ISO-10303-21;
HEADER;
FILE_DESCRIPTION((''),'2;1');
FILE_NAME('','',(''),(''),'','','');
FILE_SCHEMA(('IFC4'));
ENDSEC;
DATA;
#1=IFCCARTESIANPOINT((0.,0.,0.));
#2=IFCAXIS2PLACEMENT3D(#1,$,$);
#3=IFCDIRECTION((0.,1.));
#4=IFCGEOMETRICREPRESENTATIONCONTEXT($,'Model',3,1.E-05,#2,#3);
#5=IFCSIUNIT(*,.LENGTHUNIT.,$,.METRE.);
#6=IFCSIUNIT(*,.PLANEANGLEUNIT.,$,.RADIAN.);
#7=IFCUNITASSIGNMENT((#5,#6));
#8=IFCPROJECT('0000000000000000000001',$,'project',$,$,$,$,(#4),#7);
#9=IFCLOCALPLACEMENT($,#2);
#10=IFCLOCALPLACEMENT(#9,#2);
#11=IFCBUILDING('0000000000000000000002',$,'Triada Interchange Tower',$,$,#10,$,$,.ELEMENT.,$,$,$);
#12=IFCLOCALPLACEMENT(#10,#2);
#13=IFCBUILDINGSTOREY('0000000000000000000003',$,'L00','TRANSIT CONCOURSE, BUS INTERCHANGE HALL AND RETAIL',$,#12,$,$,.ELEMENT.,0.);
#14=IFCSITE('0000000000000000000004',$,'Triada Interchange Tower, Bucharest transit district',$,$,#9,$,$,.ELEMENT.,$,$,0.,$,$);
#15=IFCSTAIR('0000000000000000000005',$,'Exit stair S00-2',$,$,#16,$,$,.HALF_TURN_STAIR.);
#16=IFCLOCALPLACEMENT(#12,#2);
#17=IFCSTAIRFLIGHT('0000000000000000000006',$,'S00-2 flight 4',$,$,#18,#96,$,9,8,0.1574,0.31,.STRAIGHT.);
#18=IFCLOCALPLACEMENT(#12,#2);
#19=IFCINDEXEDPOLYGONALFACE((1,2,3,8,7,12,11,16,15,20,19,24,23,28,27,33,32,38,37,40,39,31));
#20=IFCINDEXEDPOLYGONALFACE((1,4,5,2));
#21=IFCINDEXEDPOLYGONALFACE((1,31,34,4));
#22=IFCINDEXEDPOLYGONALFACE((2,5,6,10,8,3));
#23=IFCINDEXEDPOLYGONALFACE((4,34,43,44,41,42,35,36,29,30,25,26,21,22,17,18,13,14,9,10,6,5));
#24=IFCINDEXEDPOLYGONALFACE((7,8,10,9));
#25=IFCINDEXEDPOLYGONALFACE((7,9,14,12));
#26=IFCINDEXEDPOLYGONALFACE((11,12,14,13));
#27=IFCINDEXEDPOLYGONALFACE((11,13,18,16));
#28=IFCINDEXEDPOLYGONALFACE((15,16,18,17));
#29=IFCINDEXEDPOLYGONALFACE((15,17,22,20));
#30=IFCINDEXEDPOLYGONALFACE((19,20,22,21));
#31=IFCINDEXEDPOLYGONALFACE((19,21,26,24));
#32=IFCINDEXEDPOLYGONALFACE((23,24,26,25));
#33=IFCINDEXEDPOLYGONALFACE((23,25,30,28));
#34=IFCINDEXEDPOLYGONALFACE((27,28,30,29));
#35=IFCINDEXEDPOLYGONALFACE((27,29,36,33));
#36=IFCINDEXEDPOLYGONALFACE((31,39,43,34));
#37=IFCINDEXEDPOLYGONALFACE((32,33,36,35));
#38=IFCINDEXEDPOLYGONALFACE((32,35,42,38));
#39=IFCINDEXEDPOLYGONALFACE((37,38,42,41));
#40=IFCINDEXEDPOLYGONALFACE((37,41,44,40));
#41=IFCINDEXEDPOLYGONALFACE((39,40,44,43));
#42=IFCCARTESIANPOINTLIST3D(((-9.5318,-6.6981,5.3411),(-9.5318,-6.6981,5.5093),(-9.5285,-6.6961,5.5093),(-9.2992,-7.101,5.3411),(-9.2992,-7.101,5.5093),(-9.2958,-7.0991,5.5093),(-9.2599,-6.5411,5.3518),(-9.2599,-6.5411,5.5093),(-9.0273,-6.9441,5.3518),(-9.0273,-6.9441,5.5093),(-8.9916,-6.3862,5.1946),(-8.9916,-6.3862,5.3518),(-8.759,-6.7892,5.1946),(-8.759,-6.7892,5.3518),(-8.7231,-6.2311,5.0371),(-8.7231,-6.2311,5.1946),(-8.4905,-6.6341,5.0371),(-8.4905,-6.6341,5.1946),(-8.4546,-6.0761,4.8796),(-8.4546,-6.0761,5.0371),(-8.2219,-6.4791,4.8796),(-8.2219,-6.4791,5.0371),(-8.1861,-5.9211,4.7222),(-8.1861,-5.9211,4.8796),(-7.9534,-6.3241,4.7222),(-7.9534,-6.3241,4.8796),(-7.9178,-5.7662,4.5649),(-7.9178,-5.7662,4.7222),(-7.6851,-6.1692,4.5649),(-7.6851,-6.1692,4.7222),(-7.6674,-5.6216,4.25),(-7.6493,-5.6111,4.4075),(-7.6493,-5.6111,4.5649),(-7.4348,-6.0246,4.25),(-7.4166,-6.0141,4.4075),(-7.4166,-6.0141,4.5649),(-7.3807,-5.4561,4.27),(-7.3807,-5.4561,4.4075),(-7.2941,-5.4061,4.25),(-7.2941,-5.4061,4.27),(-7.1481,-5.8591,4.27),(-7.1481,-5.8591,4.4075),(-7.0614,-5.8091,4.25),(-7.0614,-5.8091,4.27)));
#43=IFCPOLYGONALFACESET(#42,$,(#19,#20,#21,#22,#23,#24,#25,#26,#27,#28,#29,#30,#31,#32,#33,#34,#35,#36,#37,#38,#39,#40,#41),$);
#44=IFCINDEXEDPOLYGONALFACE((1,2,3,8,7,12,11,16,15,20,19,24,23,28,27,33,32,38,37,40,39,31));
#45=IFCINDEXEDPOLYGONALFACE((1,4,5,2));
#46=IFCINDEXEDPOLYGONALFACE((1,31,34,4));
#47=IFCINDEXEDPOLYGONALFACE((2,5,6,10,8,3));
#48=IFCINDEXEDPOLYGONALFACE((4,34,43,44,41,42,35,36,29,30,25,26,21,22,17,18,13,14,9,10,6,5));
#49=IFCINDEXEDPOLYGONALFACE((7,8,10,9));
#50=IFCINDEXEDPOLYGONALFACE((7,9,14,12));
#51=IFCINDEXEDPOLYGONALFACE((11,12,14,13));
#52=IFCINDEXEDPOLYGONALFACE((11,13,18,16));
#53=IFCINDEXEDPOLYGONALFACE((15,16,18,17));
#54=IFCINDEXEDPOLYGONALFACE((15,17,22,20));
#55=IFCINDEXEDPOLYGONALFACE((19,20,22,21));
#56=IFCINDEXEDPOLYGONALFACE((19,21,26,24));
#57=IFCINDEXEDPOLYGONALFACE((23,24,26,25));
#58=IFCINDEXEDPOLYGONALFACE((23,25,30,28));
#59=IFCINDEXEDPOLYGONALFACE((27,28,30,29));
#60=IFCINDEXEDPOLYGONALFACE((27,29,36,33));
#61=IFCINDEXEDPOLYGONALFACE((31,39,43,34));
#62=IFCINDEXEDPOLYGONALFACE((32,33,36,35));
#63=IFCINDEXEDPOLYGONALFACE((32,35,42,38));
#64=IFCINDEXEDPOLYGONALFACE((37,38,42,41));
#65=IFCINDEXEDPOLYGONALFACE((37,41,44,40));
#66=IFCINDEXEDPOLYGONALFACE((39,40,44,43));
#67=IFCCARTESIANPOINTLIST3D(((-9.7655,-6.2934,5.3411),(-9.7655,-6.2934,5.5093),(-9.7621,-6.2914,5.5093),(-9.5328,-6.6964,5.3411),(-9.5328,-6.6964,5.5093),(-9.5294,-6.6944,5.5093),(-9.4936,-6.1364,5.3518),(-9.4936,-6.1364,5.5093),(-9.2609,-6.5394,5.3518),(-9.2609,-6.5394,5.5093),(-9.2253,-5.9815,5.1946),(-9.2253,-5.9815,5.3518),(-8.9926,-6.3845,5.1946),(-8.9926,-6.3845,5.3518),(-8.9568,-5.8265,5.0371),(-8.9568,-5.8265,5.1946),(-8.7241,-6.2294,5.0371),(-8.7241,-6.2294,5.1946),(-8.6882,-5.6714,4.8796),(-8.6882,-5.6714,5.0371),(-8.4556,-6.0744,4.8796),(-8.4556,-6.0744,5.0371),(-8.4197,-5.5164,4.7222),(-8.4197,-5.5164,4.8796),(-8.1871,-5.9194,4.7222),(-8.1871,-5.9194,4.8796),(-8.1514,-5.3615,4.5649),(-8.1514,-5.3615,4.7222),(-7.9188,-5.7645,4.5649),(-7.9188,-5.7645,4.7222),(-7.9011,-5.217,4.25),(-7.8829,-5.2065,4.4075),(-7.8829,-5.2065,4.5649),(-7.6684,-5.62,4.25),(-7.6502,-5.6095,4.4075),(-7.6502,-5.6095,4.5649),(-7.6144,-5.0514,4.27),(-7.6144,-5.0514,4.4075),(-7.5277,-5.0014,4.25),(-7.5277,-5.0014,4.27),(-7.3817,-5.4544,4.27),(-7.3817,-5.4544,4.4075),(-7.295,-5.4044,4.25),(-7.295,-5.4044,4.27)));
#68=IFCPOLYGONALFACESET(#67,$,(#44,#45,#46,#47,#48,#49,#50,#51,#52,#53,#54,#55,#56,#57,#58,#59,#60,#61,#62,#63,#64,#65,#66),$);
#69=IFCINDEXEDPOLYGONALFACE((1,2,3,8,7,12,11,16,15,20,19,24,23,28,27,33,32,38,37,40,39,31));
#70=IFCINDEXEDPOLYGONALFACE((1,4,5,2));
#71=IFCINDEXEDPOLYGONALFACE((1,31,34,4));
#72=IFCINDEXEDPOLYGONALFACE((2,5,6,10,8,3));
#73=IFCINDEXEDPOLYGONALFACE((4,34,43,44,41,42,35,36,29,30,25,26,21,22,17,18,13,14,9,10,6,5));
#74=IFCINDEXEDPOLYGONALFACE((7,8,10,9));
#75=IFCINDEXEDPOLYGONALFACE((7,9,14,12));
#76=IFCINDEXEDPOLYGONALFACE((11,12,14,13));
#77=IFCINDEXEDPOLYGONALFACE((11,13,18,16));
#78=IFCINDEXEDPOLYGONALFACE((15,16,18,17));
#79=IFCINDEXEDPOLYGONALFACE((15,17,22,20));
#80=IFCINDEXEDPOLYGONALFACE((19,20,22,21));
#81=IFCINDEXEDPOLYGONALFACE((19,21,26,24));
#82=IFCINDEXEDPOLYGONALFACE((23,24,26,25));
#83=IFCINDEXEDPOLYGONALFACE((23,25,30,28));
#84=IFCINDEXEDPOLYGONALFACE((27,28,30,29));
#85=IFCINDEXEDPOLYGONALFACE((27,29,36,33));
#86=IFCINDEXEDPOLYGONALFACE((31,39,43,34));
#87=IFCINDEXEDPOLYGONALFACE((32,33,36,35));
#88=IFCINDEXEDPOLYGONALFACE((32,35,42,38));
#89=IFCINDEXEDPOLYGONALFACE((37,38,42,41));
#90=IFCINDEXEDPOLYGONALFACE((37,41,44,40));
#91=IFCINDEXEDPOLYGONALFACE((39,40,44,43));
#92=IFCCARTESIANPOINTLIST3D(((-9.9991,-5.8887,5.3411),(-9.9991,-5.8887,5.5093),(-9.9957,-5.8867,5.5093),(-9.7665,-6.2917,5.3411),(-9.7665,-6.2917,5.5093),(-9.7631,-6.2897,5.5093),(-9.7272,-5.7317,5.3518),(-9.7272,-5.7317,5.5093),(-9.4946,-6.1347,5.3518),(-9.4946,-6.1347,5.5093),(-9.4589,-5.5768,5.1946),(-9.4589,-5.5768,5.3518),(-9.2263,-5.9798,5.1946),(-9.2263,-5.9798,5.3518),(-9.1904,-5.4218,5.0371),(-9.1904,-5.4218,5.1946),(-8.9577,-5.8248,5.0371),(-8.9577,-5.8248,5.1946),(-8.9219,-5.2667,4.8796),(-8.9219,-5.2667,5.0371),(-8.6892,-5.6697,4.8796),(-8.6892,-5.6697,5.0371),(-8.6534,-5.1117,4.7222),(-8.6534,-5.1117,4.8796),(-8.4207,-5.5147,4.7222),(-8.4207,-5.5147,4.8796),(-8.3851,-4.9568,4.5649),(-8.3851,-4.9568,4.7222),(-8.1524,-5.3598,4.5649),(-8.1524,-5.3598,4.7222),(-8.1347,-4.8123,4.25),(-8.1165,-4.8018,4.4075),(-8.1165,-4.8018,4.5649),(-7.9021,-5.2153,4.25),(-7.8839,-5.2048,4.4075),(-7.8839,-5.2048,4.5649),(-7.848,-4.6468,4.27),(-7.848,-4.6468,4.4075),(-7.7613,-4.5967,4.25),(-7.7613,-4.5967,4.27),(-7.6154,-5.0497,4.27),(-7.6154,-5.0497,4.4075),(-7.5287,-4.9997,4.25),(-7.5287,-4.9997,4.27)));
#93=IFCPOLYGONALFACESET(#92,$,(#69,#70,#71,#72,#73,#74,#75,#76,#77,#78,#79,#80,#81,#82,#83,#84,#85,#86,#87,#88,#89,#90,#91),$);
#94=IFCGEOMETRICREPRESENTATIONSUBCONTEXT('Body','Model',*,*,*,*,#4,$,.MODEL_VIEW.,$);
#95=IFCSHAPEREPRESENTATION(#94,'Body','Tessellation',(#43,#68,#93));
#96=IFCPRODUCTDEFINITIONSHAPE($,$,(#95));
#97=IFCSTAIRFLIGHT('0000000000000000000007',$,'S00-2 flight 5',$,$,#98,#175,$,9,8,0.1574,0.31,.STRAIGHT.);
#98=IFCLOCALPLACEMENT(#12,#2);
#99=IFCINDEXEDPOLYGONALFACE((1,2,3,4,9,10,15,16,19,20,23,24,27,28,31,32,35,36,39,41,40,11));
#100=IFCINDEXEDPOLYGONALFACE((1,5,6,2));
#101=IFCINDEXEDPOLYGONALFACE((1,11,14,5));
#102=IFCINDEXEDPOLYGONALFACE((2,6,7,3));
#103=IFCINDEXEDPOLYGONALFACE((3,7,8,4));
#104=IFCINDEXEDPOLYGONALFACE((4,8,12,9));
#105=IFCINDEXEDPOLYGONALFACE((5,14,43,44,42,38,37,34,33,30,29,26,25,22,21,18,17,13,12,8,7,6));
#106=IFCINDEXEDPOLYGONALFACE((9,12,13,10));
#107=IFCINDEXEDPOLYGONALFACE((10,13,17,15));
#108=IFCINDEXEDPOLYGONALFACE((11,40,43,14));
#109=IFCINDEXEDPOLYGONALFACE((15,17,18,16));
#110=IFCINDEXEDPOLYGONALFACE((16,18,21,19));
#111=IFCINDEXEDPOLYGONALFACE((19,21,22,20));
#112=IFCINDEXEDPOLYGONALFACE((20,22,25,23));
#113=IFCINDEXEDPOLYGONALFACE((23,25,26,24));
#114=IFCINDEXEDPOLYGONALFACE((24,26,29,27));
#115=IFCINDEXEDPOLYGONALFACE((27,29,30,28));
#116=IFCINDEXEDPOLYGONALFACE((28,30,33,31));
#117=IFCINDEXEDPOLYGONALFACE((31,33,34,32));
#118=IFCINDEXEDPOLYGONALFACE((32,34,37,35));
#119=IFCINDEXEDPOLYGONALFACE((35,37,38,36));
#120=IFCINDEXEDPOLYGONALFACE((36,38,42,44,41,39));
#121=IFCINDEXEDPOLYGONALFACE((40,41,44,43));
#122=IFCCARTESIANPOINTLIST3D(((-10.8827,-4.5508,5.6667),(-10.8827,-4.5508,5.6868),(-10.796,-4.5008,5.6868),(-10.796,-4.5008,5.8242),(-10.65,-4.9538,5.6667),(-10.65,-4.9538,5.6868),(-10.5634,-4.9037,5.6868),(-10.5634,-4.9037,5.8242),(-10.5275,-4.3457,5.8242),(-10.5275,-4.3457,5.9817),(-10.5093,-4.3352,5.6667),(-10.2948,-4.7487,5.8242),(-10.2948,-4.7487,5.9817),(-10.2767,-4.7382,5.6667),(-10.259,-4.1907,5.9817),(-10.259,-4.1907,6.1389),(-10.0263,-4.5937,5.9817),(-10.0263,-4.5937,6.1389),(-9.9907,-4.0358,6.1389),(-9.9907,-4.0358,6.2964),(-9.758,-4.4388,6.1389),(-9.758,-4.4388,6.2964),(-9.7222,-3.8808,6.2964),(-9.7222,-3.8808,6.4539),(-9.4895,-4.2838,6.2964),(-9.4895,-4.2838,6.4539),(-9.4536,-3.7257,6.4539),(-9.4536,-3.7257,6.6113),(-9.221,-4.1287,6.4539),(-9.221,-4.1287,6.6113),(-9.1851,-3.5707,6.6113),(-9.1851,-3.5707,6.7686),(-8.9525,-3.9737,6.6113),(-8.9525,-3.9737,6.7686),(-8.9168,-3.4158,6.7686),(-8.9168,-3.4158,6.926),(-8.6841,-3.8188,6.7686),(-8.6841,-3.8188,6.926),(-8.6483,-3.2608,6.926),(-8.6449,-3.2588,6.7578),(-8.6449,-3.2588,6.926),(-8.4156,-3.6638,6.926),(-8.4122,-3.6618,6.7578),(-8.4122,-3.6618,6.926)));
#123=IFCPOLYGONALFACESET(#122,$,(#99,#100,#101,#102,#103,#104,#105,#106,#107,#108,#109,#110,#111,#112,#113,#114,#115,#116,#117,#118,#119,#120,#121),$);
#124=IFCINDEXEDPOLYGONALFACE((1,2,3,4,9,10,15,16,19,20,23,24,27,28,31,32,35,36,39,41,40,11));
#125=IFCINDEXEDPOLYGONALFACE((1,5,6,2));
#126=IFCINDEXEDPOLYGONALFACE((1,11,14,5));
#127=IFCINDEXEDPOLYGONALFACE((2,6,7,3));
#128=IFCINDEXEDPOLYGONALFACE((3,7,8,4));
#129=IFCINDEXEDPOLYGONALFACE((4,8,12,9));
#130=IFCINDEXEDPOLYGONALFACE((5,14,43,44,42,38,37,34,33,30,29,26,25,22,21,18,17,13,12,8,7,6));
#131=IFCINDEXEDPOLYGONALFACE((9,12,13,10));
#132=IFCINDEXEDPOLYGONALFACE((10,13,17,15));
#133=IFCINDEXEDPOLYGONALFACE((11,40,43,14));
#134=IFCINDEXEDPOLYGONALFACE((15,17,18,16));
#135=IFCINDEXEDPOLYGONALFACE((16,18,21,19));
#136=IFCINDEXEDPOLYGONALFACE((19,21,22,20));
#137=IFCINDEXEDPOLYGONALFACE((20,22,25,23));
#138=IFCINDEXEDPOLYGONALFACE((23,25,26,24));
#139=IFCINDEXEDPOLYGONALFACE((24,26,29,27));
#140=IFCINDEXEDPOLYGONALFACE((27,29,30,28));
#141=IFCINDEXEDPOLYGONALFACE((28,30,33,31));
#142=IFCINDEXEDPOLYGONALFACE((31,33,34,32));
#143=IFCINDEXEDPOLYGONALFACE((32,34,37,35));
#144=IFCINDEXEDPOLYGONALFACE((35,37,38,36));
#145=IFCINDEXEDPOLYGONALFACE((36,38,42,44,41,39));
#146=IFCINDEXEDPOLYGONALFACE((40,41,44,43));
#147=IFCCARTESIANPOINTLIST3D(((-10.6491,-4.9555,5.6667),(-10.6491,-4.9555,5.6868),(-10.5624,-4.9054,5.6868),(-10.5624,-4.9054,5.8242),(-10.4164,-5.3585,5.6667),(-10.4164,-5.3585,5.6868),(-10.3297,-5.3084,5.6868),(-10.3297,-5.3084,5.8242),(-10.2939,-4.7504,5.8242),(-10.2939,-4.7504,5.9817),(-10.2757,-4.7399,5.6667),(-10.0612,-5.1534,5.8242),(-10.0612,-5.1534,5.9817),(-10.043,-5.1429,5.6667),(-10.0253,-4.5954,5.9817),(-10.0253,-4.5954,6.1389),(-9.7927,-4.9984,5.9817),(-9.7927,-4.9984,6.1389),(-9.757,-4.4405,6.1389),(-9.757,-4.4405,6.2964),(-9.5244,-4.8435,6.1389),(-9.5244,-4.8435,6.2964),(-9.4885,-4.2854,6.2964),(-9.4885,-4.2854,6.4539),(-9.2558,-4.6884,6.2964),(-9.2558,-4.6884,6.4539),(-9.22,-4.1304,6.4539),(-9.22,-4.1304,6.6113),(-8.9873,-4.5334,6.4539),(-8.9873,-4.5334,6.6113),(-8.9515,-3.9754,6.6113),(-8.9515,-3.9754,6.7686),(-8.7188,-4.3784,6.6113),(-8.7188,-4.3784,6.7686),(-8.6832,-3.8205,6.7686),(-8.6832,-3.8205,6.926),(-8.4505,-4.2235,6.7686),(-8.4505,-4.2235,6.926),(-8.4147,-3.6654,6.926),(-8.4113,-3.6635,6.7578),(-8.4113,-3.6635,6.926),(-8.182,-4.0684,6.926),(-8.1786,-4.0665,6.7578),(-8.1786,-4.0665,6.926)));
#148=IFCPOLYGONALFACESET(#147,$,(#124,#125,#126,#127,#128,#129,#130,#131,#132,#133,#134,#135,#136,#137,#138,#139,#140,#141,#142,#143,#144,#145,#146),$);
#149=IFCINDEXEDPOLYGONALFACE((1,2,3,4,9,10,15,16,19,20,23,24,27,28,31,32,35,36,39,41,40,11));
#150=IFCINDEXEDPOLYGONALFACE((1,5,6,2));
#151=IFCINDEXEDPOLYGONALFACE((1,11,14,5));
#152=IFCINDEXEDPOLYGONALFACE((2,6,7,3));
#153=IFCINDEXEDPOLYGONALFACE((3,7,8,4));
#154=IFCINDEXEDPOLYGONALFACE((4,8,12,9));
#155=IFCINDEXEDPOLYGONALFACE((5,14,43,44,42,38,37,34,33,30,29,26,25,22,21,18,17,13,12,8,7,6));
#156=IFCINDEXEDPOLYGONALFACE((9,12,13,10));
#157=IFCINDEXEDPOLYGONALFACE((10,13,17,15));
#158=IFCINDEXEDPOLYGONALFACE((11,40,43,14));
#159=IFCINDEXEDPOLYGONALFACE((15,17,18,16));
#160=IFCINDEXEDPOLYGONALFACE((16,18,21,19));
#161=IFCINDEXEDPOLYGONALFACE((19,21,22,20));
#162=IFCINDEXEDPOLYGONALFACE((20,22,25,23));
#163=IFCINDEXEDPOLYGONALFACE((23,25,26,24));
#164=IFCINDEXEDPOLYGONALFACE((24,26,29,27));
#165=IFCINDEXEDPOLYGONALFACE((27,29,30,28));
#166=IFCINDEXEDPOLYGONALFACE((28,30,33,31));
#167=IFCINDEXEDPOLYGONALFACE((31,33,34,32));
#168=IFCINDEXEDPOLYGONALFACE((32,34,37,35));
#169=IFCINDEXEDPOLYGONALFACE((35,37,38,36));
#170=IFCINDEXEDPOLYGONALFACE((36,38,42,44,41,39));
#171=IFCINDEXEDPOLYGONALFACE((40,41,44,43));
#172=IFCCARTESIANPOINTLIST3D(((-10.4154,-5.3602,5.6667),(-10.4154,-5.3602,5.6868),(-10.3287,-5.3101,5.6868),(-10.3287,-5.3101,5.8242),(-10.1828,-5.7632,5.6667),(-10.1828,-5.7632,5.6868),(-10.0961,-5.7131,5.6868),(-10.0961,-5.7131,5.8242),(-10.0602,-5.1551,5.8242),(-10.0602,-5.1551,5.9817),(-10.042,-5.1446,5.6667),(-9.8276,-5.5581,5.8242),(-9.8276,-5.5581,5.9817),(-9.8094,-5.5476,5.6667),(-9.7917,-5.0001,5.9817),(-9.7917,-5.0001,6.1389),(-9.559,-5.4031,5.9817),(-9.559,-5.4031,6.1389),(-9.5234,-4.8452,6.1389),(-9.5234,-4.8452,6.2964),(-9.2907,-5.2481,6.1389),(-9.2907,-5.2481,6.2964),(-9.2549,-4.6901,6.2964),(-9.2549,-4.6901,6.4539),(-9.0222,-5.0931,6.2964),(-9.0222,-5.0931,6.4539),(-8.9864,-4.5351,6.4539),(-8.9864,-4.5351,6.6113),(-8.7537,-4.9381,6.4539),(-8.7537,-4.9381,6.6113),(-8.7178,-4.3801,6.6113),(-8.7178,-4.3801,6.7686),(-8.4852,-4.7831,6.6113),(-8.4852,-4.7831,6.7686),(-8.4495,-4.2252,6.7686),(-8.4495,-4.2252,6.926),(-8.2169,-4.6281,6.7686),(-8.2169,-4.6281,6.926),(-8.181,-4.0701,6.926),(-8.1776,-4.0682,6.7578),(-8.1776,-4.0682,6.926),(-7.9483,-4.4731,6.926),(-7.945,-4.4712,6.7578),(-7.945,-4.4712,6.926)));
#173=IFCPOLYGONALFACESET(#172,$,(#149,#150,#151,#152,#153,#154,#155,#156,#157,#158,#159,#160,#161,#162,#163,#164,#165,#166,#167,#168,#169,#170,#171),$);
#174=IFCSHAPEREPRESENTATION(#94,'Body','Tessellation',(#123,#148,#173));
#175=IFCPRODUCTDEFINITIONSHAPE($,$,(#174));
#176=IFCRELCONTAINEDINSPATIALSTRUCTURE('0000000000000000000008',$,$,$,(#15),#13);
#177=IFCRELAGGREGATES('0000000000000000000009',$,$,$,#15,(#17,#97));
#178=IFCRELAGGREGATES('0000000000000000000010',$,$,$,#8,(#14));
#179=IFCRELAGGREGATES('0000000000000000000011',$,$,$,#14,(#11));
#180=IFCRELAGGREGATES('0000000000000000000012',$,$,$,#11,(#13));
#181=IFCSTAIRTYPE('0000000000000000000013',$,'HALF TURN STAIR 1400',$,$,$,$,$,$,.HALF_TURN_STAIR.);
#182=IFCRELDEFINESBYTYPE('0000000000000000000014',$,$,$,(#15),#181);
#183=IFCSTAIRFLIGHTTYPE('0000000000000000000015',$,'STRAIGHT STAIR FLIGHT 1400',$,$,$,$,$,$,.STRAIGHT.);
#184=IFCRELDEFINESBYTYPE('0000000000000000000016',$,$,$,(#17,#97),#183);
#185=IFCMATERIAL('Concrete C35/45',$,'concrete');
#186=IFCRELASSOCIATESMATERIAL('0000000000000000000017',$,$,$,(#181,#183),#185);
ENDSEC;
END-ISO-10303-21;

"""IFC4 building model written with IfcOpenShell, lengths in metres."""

from ifc_helpers import new_model, si_unit, direction, frame, origin, place, context, subcontext, project, spatial, polyline, outline, extrude, material, type_object, element, aggregate, save


model = new_model("IFC4")

# Units and contexts
model_context = context("Model", 3, precision=1e-05, world=origin(), true_north=direction((0.0, 1.0)))
body_context = subcontext(model_context, "Body", "Model", "MODEL_VIEW")
ifc_project = project(units=[si_unit("LENGTHUNIT", "METRE"), si_unit("PLANEANGLEUNIT", "RADIAN")], contexts=[model_context])

# Site, building, storey
site_placement = place(None, origin())
site = spatial("IfcSite", under=ifc_project, at=site_placement, Name="Triada Interchange Tower, Bucharest transit district", CompositionType="ELEMENT", RefElevation=0.0)
building_placement = place(site_placement, origin())
building = spatial("IfcBuilding", under=site, at=building_placement, Name="Triada Interchange Tower", CompositionType="ELEMENT")
storey_placement = place(building_placement, origin())
storey = spatial("IfcBuildingStorey", under=building, at=storey_placement, Name="L00", Description="TRANSIT CONCOURSE, BUS INTERCHANGE HALL AND RETAIL", CompositionType="ELEMENT", Elevation=0.0)

# Shared definitions
ifc_material_1 = material(Name="Concrete C35/45", Category="concrete")

# Stair, stair flights
stair_type = type_object("IfcStairType", Name="HALF TURN STAIR 1400", PredefinedType="HALF_TURN_STAIR", material=ifc_material_1)
stair_placement = place(storey_placement, origin())
stair = element("IfcStair", 1, at=stair_placement, inside=storey, type_object=stair_type, Name="Exit stair S00-2", PredefinedType="HALF_TURN_STAIR")
stair_flight_type = type_object("IfcStairFlightType", Name="STRAIGHT STAIR FLIGHT 1400", PredefinedType="STRAIGHT", material=ifc_material_1)
stair_flight_1_placement = place(storey_placement, frame((-7.498, -5.2529, 4.25), z_axis=(0.0, 0.0, 1.0), x_axis=(-0.866025, -0.5, 0.0)))
stair_flight_1 = element("IfcStairFlight", 2, at=stair_flight_1_placement, type_object=stair_flight_type, Name="S00-2 flight 4", NumberOfRisers=9, NumberOfTreads=8, PredefinedType="STRAIGHT", RiserHeight=0.1574, TreadLength=0.31, context=body_context, shape_type="SweptSolid", body=[
    extrude(outline(polyline([(-0.1001, 0.0), (-0.1001, 0.02), (0.0, 0.02), (0.0, 0.1575), (0.3101, 0.1575), (0.3101, 0.3149), (0.6201, 0.3149), (0.6201, 0.4722), (0.9299, 0.4722), (0.9299, 0.6296), (1.24, 0.6296), (1.24, 0.7871), (1.55, 0.7871), (1.55, 0.9446), (1.8601, 0.9446), (1.8601, 1.1018), (2.1699, 1.1018), (2.1699, 1.2593), (2.48, 1.2593), (2.4839, 1.2593), (2.4839, 1.4167), (2.4839, 1.0911), (0.3311, 0.0), (-0.1001, 0.0)])), frame((0.0, 0.7, 0.0), z_axis=(0.0, -1.0, 0.0), x_axis=(1.0, 0.0, 0.0)), (0.0, 0.0, 1.0), 0.4653),
    extrude(outline(polyline([(-0.1001, 0.0), (-0.1001, 0.02), (0.0, 0.02), (0.0, 0.1575), (0.3101, 0.1575), (0.3101, 0.3149), (0.6201, 0.3149), (0.6201, 0.4722), (0.9299, 0.4722), (0.9299, 0.6296), (1.24, 0.6296), (1.24, 0.7871), (1.55, 0.7871), (1.55, 0.9446), (1.8601, 0.9446), (1.8601, 1.1018), (2.1699, 1.1018), (2.1699, 1.2593), (2.48, 1.2593), (2.4839, 1.2593), (2.4839, 1.4167), (2.4839, 1.0911), (0.3311, 0.0), (-0.1001, 0.0)])), frame((0.0, 0.2327, 0.0), z_axis=(0.0, -1.0, 0.0), x_axis=(1.0, 0.0, 0.0)), (0.0, 0.0, 1.0), 0.4653),
    extrude(outline(polyline([(-0.1001, 0.0), (-0.1001, 0.02), (0.0, 0.02), (0.0, 0.1575), (0.3101, 0.1575), (0.3101, 0.3149), (0.6201, 0.3149), (0.6201, 0.4722), (0.9299, 0.4722), (0.9299, 0.6296), (1.24, 0.6296), (1.24, 0.7871), (1.55, 0.7871), (1.55, 0.9446), (1.8601, 0.9446), (1.8601, 1.1018), (2.1699, 1.1018), (2.1699, 1.2593), (2.48, 1.2593), (2.4839, 1.2593), (2.4839, 1.4167), (2.4839, 1.0911), (0.3311, 0.0), (-0.1001, 0.0)])), frame((0.0, -0.2346, 0.0), z_axis=(0.0, -1.0, 0.0), x_axis=(1.0, 0.0, 0.0)), (0.0, 0.0, 1.0), 0.4653),
])
stair_flight_2_placement = place(storey_placement, frame((-10.446, -5.1069, 5.6667), z_axis=(0.0, 0.0, 1.0), x_axis=(0.866025, 0.5, 0.0)))
stair_flight_2 = element("IfcStairFlight", 3, at=stair_flight_2_placement, type_object=stair_flight_type, Name="S00-2 flight 5", NumberOfRisers=9, NumberOfTreads=8, PredefinedType="STRAIGHT", RiserHeight=0.1574, TreadLength=0.31, context=body_context, shape_type="SweptSolid", body=[
    extrude(outline(polyline([(-0.1001, 0.0), (-0.1001, 0.02), (0.0, 0.02), (0.0, 0.1575), (0.3101, 0.1575), (0.3101, 0.3149), (0.6201, 0.3149), (0.6201, 0.4722), (0.9299, 0.4722), (0.9299, 0.6296), (1.24, 0.6296), (1.24, 0.7871), (1.55, 0.7871), (1.55, 0.9446), (1.8601, 0.9446), (1.8601, 1.1018), (2.1699, 1.1018), (2.1699, 1.2593), (2.48, 1.2593), (2.4839, 1.2593), (2.4839, 1.4167), (2.4839, 1.0911), (0.3311, 0.0), (-0.1001, 0.0)])), frame((0.0, 0.7, 0.0), z_axis=(0.0, -1.0, 0.0), x_axis=(1.0, 0.0, 0.0)), (0.0, 0.0, 1.0), 0.4653),
    extrude(outline(polyline([(-0.1001, 0.0), (-0.1001, 0.02), (0.0, 0.02), (0.0, 0.1575), (0.3101, 0.1575), (0.3101, 0.3149), (0.6201, 0.3149), (0.6201, 0.4722), (0.9299, 0.4722), (0.9299, 0.6296), (1.24, 0.6296), (1.24, 0.7871), (1.55, 0.7871), (1.55, 0.9446), (1.8601, 0.9446), (1.8601, 1.1018), (2.1699, 1.1018), (2.1699, 1.2593), (2.48, 1.2593), (2.4839, 1.2593), (2.4839, 1.4167), (2.4839, 1.0911), (0.3311, 0.0), (-0.1001, 0.0)])), frame((0.0, 0.2327, 0.0), z_axis=(0.0, -1.0, 0.0), x_axis=(1.0, 0.0, 0.0)), (0.0, 0.0, 1.0), 0.4653),
    extrude(outline(polyline([(-0.1001, 0.0), (-0.1001, 0.02), (0.0, 0.02), (0.0, 0.1575), (0.3101, 0.1575), (0.3101, 0.3149), (0.6201, 0.3149), (0.6201, 0.4722), (0.9299, 0.4722), (0.9299, 0.6296), (1.24, 0.6296), (1.24, 0.7871), (1.55, 0.7871), (1.55, 0.9446), (1.8601, 0.9446), (1.8601, 1.1018), (2.1699, 1.1018), (2.1699, 1.2593), (2.48, 1.2593), (2.4839, 1.2593), (2.4839, 1.4167), (2.4839, 1.0911), (0.3311, 0.0), (-0.1001, 0.0)])), frame((0.0, -0.2346, 0.0), z_axis=(0.0, -1.0, 0.0), x_axis=(1.0, 0.0, 0.0)), (0.0, 0.0, 1.0), 0.4653),
])
aggregate(stair, [stair_flight_1, stair_flight_2])

save(model, "model.ifc")
